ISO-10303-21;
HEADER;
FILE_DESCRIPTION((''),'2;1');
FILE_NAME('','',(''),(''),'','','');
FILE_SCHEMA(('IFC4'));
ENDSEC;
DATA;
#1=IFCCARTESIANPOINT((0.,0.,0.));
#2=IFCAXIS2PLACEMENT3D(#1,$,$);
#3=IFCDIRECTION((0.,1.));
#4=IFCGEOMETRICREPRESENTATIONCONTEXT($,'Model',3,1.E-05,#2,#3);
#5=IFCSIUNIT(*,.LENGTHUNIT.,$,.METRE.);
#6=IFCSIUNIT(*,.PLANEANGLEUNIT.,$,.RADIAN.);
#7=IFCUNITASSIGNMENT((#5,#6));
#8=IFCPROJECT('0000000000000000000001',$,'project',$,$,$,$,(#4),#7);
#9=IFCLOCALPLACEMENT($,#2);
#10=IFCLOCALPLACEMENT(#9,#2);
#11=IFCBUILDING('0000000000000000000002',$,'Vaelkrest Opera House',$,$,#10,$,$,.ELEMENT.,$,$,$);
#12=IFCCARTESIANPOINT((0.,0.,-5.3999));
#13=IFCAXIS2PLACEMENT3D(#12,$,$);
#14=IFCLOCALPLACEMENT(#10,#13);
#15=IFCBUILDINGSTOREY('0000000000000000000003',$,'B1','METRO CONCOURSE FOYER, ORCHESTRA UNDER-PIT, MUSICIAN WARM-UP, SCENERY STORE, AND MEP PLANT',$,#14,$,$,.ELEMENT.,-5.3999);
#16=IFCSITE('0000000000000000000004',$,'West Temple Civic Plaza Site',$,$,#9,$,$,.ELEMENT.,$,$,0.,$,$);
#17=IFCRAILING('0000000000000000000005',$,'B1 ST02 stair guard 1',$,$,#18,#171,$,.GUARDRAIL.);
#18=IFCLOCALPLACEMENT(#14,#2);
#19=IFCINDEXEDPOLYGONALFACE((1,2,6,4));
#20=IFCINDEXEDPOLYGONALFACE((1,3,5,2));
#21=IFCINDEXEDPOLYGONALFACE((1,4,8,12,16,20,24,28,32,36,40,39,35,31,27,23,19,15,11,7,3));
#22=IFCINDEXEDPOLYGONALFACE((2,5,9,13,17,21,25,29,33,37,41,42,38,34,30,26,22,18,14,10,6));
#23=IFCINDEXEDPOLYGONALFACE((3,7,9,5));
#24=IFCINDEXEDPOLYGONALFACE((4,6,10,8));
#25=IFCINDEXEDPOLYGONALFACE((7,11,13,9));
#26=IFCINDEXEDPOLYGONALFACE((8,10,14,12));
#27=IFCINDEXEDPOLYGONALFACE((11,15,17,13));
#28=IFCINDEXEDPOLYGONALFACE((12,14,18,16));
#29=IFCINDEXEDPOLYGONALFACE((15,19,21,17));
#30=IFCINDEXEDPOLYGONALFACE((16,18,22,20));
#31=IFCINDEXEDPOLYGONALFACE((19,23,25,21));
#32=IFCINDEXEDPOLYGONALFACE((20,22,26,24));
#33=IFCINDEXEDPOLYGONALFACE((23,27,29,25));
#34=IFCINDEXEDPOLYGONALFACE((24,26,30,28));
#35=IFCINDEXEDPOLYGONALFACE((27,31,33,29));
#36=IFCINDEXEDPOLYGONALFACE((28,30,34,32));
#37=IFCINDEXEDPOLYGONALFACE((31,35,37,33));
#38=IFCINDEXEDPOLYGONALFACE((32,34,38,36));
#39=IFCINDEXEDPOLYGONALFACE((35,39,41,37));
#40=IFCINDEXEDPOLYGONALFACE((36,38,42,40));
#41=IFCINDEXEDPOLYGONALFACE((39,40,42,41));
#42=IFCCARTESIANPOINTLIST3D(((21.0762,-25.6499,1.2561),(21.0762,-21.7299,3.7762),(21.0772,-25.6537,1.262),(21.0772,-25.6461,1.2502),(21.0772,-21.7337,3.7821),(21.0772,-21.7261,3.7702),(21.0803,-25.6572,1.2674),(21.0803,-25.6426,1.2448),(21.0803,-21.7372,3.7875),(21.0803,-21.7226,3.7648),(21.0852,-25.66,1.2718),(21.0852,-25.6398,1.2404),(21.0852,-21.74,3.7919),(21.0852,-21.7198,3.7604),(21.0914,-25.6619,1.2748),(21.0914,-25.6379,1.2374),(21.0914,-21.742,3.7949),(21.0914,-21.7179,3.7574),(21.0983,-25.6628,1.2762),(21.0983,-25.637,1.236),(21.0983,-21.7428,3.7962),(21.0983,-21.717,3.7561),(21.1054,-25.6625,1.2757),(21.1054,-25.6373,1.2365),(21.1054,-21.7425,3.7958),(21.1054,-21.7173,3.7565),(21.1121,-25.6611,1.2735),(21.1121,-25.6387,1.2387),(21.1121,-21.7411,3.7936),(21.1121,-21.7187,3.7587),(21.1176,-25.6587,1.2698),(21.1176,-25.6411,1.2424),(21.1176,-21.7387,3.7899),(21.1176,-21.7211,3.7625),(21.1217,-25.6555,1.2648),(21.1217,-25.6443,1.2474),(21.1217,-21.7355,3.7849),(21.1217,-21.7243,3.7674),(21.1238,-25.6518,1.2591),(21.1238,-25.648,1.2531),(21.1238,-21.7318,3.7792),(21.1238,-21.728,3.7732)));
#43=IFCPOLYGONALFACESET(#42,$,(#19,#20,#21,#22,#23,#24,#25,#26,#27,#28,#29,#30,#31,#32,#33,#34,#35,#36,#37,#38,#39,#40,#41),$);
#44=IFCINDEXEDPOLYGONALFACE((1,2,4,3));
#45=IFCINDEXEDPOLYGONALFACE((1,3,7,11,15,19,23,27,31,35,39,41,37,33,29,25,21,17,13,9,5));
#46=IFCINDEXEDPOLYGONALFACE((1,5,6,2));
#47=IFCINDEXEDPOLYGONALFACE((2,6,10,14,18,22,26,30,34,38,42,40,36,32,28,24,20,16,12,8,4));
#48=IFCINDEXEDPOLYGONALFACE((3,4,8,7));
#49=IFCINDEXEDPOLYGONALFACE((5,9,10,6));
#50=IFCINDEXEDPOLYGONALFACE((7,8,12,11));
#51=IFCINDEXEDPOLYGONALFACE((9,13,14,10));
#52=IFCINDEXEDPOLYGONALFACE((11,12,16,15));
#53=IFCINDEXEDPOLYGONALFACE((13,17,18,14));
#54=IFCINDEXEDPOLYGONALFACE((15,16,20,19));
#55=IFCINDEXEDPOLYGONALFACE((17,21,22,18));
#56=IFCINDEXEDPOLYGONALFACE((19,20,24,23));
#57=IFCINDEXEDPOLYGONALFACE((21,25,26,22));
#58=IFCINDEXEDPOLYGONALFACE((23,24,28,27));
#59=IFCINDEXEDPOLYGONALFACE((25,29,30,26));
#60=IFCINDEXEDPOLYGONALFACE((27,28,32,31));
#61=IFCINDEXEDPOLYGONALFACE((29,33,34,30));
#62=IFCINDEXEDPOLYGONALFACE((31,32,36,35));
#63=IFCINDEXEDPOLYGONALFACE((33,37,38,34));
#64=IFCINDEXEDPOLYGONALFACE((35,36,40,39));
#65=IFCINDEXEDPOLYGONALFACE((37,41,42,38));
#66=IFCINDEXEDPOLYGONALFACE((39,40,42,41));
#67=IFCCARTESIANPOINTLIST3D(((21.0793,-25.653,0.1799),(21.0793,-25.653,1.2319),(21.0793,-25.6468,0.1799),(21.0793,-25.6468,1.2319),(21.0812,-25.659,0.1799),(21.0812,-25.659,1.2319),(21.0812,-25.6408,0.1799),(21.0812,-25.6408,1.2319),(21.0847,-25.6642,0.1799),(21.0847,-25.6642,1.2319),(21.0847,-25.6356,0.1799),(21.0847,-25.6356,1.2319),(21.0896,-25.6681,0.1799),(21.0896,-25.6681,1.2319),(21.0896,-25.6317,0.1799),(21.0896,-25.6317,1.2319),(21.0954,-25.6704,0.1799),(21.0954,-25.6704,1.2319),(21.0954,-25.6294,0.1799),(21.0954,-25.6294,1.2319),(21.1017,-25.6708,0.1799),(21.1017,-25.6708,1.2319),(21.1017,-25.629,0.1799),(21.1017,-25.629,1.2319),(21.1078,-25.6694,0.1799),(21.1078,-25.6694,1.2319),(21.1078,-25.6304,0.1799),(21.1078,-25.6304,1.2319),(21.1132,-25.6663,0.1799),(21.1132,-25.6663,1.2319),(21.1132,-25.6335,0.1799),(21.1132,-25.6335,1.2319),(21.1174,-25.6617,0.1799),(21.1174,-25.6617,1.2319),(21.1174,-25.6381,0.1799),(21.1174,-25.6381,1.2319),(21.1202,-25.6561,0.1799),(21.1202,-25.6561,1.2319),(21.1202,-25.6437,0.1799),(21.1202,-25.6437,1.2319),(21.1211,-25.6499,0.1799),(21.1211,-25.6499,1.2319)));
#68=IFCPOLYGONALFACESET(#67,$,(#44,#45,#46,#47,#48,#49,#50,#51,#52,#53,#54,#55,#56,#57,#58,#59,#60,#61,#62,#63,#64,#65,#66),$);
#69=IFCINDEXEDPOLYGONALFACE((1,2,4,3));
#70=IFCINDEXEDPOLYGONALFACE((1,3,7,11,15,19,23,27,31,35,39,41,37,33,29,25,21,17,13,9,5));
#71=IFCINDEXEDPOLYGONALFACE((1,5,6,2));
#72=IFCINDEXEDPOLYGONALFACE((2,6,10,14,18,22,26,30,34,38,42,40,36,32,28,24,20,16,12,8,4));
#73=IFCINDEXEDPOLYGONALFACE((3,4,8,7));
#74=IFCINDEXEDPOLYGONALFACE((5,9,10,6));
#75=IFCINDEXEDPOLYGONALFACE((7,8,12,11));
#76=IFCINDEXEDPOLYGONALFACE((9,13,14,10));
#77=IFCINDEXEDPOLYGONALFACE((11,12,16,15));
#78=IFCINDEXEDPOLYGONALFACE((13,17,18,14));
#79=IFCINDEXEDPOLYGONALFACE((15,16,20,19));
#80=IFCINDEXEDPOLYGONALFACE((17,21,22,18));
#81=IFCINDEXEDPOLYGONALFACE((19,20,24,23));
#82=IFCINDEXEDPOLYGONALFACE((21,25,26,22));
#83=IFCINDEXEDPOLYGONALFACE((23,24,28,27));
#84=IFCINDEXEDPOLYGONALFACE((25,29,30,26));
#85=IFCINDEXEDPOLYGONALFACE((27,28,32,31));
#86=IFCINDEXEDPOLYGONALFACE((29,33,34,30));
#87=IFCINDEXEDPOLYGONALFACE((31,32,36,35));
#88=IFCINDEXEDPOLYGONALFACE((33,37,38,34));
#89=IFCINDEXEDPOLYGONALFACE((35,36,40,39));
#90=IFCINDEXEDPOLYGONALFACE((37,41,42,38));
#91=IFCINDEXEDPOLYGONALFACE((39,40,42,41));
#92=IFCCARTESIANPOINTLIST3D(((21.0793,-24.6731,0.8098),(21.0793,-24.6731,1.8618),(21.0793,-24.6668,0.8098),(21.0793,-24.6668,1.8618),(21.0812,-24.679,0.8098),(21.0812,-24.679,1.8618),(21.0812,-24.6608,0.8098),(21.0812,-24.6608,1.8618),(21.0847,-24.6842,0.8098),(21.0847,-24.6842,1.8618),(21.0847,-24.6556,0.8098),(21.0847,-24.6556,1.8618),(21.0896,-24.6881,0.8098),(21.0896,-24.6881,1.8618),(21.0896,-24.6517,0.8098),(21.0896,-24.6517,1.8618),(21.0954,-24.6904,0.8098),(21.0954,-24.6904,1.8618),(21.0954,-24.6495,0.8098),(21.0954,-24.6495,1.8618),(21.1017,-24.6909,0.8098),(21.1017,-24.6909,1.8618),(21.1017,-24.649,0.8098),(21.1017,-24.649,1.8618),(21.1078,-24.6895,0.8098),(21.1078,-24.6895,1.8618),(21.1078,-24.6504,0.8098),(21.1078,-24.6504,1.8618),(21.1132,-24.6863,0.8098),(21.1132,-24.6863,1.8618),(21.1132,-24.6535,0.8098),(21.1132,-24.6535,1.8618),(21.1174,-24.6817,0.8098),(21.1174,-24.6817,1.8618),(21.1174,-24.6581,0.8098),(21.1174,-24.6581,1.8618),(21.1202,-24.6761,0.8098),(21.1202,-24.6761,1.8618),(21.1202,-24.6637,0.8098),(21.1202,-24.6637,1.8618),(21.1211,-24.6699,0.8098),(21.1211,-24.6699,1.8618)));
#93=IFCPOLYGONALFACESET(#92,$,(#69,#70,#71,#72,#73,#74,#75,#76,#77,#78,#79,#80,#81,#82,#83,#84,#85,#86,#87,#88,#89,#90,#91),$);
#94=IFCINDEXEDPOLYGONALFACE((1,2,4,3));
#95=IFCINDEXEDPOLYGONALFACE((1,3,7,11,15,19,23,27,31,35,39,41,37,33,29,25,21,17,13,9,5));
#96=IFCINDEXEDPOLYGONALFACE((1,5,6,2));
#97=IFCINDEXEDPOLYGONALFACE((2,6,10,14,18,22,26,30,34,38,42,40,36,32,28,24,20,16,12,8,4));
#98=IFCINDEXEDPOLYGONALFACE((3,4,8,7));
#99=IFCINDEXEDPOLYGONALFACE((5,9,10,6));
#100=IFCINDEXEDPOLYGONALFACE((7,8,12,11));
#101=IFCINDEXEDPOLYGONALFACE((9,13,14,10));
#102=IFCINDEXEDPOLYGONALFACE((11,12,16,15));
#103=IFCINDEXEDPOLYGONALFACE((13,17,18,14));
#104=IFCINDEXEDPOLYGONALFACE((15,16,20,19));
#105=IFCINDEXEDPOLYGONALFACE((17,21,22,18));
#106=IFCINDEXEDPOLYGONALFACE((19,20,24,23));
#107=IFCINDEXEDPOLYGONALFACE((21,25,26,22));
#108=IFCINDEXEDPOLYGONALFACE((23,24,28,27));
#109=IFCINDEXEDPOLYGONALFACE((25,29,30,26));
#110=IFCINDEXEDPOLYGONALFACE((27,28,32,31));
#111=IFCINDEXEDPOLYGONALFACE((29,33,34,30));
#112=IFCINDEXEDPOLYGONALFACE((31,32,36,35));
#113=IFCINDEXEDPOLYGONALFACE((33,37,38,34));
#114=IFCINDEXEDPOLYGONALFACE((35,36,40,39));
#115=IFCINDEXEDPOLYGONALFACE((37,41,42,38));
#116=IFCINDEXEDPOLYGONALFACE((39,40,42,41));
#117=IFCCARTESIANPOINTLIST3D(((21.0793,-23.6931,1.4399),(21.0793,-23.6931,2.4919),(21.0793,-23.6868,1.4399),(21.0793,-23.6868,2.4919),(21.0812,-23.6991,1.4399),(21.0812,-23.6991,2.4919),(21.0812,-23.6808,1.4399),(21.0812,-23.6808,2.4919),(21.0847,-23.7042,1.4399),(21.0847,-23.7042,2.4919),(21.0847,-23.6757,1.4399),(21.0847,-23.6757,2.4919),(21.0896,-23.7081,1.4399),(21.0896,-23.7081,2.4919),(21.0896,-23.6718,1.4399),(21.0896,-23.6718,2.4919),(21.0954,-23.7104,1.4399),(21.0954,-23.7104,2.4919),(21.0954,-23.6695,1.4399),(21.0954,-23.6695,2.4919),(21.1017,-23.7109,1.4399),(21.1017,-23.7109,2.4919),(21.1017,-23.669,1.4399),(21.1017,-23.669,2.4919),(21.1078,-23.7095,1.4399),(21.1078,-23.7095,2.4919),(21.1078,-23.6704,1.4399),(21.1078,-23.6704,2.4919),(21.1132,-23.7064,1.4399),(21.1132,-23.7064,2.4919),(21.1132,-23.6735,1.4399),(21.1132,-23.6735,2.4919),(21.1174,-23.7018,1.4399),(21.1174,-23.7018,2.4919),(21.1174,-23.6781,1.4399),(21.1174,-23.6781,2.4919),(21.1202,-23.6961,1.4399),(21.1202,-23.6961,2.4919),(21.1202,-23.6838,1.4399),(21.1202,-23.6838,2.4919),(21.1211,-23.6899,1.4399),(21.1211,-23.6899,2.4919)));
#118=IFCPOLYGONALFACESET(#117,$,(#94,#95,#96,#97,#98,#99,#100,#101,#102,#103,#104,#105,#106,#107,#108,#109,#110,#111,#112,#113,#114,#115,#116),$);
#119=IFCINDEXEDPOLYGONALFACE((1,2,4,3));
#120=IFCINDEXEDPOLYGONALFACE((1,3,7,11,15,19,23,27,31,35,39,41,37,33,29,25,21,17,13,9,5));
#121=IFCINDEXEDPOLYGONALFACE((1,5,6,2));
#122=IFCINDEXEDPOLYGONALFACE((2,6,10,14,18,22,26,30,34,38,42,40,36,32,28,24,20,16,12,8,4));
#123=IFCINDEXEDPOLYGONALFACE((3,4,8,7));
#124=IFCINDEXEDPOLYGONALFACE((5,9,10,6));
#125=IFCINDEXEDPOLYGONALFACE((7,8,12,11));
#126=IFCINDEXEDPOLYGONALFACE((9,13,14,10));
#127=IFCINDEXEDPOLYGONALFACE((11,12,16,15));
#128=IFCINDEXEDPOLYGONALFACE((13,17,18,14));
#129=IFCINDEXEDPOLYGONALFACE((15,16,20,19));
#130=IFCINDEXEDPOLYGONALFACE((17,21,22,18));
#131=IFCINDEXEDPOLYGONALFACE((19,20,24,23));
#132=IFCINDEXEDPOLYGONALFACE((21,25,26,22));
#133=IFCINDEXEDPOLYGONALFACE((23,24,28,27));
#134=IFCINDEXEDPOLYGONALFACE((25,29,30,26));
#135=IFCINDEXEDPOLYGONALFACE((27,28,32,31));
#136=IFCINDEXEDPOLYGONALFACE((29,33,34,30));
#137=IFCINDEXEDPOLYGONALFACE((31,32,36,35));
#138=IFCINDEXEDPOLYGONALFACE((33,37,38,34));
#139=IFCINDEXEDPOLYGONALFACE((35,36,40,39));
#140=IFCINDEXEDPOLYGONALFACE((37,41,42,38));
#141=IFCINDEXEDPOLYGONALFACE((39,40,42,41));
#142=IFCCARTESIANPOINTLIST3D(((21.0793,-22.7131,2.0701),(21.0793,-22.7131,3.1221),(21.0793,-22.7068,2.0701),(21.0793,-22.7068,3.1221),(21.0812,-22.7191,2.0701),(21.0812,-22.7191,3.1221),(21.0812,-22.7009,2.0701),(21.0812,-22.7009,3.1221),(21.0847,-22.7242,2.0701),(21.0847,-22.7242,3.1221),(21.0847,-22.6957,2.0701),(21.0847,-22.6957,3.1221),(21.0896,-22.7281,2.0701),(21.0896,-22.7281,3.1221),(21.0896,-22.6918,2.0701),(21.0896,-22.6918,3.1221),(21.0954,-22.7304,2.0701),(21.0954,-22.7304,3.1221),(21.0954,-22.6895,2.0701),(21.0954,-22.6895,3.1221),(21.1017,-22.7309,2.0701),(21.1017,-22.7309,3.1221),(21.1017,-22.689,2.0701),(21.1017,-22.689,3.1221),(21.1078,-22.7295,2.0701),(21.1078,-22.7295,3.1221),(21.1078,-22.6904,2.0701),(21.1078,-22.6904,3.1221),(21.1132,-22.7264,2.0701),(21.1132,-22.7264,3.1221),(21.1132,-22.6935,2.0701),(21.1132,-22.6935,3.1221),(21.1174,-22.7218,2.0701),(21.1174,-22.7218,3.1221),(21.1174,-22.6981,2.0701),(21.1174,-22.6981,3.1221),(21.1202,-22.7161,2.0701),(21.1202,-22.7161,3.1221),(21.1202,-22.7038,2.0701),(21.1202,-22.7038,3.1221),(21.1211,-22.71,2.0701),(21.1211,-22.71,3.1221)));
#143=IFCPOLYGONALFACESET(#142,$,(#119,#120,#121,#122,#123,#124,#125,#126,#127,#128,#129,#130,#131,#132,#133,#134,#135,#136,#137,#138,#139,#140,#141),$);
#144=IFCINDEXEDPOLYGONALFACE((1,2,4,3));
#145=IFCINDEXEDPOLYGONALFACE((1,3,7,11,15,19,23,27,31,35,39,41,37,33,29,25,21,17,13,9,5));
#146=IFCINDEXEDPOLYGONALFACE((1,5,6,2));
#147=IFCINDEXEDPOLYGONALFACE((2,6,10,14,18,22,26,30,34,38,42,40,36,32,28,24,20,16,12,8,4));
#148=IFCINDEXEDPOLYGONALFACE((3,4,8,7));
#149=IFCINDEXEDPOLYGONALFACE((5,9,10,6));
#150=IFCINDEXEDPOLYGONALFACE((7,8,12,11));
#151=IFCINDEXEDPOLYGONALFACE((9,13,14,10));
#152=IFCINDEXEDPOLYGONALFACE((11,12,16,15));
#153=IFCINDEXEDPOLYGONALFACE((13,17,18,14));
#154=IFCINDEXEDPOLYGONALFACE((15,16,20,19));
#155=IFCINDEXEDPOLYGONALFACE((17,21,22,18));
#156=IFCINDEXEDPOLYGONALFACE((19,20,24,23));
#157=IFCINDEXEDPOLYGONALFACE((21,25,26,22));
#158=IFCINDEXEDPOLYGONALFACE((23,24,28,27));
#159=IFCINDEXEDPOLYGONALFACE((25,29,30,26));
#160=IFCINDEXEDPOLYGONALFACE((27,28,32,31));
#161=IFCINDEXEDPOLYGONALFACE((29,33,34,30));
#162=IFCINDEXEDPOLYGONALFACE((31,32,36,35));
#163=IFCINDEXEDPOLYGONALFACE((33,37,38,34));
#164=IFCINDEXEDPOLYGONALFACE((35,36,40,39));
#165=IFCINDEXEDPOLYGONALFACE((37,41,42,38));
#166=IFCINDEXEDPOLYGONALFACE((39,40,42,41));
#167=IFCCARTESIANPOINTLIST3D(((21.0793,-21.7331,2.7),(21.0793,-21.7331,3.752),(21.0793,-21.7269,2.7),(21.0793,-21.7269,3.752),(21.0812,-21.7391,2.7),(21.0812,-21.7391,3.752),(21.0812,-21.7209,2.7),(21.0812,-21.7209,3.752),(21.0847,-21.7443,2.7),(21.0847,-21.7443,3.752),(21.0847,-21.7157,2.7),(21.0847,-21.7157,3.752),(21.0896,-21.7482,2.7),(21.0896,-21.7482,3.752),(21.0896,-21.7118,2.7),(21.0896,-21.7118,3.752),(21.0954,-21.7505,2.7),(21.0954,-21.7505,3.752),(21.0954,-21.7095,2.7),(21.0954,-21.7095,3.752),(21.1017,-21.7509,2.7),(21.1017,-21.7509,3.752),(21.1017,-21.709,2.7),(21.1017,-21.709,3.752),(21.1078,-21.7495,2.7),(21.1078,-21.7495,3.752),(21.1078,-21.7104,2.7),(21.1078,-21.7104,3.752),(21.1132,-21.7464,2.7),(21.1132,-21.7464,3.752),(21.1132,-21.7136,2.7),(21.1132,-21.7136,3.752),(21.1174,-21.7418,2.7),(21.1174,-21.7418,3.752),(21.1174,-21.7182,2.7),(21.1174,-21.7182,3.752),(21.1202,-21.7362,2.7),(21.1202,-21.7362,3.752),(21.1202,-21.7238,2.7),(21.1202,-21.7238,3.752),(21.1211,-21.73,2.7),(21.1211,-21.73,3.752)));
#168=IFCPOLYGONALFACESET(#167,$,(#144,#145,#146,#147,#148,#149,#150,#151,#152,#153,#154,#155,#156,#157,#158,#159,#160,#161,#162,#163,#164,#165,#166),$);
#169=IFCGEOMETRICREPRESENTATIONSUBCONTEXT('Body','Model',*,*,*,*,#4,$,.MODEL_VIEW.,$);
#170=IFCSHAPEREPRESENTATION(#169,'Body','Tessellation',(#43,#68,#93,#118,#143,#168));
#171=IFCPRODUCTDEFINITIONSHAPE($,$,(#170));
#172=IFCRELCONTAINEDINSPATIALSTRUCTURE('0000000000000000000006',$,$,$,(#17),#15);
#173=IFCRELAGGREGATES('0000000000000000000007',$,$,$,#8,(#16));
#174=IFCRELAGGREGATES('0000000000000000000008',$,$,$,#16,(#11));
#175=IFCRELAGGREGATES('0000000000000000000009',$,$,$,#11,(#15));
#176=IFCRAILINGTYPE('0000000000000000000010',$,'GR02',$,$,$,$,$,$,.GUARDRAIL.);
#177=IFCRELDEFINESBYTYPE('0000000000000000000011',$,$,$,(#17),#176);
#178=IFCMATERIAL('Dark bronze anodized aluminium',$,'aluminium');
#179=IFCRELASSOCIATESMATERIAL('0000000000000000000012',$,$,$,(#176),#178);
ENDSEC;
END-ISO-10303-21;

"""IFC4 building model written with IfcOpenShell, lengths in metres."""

from ifc_helpers import new_model, si_unit, direction, frame, origin, origin_2d, place, context, subcontext, project, spatial, circle, extrude, material, type_object, element, save


model = new_model("IFC4")

# Units and contexts
model_context = context("Model", 3, precision=1e-05, world=origin(), true_north=direction((0.0, 1.0)))
body_context = subcontext(model_context, "Body", "Model", "MODEL_VIEW")
ifc_project = project(units=[si_unit("LENGTHUNIT", "METRE"), si_unit("PLANEANGLEUNIT", "RADIAN")], contexts=[model_context])

# Site, building, storey
site_placement = place(None, origin())
site = spatial("IfcSite", under=ifc_project, at=site_placement, Name="West Temple Civic Plaza Site", CompositionType="ELEMENT", RefElevation=0.0)
building_placement = place(site_placement, origin())
building = spatial("IfcBuilding", under=site, at=building_placement, Name="Vaelkrest Opera House", CompositionType="ELEMENT")
storey_placement = place(building_placement, frame((0.0, 0.0, -5.3999)))
storey = spatial("IfcBuildingStorey", under=building, at=storey_placement, Name="B1", Description="METRO CONCOURSE FOYER, ORCHESTRA UNDER-PIT, MUSICIAN WARM-UP, SCENERY STORE, AND MEP PLANT", CompositionType="ELEMENT", Elevation=-5.3999)

# Railing
ifc_material_1 = material(Name="Dark bronze anodized aluminium", Category="aluminium")
railing_type_1 = type_object("IfcRailingType", Name="GR02", PredefinedType="GUARDRAIL", material=ifc_material_1)
railing_1_placement = place(storey_placement, frame((21.1001, -25.6499, 0.1799)))
element("IfcRailing", 1, at=railing_1_placement, inside=storey, type_object=railing_type_1, Name="B1 ST02 stair guard 1", PredefinedType="GUARDRAIL", context=body_context, shape_type="SweptSolid", body=[
    extrude(circle(Radius=0.0239, at=origin_2d()), frame((0.0, 0.0, 1.0762), z_axis=(0.0, 0.841172, 0.540768), x_axis=(-1.0, 0.0, 0.0)), (0.0, 0.0, 1.0), 4.6602),
    extrude(circle(Radius=0.021, at=origin_2d()), origin(), (0.0, 0.0, 1.0), 1.052),
    extrude(circle(Radius=0.021, at=origin_2d()), frame((0.0, 0.98, 0.6299)), (0.0, 0.0, 1.0), 1.052),
    extrude(circle(Radius=0.021, at=origin_2d()), frame((0.0, 1.96, 1.26)), (0.0, 0.0, 1.0), 1.052),
    extrude(circle(Radius=0.021, at=origin_2d()), frame((0.0, 2.9399, 1.8901)), (0.0, 0.0, 1.0), 1.052),
    extrude(circle(Radius=0.021, at=origin_2d()), frame((0.0, 3.9199, 2.52)), (0.0, 0.0, 1.0), 1.052),
])

save(model, "model.ifc")
